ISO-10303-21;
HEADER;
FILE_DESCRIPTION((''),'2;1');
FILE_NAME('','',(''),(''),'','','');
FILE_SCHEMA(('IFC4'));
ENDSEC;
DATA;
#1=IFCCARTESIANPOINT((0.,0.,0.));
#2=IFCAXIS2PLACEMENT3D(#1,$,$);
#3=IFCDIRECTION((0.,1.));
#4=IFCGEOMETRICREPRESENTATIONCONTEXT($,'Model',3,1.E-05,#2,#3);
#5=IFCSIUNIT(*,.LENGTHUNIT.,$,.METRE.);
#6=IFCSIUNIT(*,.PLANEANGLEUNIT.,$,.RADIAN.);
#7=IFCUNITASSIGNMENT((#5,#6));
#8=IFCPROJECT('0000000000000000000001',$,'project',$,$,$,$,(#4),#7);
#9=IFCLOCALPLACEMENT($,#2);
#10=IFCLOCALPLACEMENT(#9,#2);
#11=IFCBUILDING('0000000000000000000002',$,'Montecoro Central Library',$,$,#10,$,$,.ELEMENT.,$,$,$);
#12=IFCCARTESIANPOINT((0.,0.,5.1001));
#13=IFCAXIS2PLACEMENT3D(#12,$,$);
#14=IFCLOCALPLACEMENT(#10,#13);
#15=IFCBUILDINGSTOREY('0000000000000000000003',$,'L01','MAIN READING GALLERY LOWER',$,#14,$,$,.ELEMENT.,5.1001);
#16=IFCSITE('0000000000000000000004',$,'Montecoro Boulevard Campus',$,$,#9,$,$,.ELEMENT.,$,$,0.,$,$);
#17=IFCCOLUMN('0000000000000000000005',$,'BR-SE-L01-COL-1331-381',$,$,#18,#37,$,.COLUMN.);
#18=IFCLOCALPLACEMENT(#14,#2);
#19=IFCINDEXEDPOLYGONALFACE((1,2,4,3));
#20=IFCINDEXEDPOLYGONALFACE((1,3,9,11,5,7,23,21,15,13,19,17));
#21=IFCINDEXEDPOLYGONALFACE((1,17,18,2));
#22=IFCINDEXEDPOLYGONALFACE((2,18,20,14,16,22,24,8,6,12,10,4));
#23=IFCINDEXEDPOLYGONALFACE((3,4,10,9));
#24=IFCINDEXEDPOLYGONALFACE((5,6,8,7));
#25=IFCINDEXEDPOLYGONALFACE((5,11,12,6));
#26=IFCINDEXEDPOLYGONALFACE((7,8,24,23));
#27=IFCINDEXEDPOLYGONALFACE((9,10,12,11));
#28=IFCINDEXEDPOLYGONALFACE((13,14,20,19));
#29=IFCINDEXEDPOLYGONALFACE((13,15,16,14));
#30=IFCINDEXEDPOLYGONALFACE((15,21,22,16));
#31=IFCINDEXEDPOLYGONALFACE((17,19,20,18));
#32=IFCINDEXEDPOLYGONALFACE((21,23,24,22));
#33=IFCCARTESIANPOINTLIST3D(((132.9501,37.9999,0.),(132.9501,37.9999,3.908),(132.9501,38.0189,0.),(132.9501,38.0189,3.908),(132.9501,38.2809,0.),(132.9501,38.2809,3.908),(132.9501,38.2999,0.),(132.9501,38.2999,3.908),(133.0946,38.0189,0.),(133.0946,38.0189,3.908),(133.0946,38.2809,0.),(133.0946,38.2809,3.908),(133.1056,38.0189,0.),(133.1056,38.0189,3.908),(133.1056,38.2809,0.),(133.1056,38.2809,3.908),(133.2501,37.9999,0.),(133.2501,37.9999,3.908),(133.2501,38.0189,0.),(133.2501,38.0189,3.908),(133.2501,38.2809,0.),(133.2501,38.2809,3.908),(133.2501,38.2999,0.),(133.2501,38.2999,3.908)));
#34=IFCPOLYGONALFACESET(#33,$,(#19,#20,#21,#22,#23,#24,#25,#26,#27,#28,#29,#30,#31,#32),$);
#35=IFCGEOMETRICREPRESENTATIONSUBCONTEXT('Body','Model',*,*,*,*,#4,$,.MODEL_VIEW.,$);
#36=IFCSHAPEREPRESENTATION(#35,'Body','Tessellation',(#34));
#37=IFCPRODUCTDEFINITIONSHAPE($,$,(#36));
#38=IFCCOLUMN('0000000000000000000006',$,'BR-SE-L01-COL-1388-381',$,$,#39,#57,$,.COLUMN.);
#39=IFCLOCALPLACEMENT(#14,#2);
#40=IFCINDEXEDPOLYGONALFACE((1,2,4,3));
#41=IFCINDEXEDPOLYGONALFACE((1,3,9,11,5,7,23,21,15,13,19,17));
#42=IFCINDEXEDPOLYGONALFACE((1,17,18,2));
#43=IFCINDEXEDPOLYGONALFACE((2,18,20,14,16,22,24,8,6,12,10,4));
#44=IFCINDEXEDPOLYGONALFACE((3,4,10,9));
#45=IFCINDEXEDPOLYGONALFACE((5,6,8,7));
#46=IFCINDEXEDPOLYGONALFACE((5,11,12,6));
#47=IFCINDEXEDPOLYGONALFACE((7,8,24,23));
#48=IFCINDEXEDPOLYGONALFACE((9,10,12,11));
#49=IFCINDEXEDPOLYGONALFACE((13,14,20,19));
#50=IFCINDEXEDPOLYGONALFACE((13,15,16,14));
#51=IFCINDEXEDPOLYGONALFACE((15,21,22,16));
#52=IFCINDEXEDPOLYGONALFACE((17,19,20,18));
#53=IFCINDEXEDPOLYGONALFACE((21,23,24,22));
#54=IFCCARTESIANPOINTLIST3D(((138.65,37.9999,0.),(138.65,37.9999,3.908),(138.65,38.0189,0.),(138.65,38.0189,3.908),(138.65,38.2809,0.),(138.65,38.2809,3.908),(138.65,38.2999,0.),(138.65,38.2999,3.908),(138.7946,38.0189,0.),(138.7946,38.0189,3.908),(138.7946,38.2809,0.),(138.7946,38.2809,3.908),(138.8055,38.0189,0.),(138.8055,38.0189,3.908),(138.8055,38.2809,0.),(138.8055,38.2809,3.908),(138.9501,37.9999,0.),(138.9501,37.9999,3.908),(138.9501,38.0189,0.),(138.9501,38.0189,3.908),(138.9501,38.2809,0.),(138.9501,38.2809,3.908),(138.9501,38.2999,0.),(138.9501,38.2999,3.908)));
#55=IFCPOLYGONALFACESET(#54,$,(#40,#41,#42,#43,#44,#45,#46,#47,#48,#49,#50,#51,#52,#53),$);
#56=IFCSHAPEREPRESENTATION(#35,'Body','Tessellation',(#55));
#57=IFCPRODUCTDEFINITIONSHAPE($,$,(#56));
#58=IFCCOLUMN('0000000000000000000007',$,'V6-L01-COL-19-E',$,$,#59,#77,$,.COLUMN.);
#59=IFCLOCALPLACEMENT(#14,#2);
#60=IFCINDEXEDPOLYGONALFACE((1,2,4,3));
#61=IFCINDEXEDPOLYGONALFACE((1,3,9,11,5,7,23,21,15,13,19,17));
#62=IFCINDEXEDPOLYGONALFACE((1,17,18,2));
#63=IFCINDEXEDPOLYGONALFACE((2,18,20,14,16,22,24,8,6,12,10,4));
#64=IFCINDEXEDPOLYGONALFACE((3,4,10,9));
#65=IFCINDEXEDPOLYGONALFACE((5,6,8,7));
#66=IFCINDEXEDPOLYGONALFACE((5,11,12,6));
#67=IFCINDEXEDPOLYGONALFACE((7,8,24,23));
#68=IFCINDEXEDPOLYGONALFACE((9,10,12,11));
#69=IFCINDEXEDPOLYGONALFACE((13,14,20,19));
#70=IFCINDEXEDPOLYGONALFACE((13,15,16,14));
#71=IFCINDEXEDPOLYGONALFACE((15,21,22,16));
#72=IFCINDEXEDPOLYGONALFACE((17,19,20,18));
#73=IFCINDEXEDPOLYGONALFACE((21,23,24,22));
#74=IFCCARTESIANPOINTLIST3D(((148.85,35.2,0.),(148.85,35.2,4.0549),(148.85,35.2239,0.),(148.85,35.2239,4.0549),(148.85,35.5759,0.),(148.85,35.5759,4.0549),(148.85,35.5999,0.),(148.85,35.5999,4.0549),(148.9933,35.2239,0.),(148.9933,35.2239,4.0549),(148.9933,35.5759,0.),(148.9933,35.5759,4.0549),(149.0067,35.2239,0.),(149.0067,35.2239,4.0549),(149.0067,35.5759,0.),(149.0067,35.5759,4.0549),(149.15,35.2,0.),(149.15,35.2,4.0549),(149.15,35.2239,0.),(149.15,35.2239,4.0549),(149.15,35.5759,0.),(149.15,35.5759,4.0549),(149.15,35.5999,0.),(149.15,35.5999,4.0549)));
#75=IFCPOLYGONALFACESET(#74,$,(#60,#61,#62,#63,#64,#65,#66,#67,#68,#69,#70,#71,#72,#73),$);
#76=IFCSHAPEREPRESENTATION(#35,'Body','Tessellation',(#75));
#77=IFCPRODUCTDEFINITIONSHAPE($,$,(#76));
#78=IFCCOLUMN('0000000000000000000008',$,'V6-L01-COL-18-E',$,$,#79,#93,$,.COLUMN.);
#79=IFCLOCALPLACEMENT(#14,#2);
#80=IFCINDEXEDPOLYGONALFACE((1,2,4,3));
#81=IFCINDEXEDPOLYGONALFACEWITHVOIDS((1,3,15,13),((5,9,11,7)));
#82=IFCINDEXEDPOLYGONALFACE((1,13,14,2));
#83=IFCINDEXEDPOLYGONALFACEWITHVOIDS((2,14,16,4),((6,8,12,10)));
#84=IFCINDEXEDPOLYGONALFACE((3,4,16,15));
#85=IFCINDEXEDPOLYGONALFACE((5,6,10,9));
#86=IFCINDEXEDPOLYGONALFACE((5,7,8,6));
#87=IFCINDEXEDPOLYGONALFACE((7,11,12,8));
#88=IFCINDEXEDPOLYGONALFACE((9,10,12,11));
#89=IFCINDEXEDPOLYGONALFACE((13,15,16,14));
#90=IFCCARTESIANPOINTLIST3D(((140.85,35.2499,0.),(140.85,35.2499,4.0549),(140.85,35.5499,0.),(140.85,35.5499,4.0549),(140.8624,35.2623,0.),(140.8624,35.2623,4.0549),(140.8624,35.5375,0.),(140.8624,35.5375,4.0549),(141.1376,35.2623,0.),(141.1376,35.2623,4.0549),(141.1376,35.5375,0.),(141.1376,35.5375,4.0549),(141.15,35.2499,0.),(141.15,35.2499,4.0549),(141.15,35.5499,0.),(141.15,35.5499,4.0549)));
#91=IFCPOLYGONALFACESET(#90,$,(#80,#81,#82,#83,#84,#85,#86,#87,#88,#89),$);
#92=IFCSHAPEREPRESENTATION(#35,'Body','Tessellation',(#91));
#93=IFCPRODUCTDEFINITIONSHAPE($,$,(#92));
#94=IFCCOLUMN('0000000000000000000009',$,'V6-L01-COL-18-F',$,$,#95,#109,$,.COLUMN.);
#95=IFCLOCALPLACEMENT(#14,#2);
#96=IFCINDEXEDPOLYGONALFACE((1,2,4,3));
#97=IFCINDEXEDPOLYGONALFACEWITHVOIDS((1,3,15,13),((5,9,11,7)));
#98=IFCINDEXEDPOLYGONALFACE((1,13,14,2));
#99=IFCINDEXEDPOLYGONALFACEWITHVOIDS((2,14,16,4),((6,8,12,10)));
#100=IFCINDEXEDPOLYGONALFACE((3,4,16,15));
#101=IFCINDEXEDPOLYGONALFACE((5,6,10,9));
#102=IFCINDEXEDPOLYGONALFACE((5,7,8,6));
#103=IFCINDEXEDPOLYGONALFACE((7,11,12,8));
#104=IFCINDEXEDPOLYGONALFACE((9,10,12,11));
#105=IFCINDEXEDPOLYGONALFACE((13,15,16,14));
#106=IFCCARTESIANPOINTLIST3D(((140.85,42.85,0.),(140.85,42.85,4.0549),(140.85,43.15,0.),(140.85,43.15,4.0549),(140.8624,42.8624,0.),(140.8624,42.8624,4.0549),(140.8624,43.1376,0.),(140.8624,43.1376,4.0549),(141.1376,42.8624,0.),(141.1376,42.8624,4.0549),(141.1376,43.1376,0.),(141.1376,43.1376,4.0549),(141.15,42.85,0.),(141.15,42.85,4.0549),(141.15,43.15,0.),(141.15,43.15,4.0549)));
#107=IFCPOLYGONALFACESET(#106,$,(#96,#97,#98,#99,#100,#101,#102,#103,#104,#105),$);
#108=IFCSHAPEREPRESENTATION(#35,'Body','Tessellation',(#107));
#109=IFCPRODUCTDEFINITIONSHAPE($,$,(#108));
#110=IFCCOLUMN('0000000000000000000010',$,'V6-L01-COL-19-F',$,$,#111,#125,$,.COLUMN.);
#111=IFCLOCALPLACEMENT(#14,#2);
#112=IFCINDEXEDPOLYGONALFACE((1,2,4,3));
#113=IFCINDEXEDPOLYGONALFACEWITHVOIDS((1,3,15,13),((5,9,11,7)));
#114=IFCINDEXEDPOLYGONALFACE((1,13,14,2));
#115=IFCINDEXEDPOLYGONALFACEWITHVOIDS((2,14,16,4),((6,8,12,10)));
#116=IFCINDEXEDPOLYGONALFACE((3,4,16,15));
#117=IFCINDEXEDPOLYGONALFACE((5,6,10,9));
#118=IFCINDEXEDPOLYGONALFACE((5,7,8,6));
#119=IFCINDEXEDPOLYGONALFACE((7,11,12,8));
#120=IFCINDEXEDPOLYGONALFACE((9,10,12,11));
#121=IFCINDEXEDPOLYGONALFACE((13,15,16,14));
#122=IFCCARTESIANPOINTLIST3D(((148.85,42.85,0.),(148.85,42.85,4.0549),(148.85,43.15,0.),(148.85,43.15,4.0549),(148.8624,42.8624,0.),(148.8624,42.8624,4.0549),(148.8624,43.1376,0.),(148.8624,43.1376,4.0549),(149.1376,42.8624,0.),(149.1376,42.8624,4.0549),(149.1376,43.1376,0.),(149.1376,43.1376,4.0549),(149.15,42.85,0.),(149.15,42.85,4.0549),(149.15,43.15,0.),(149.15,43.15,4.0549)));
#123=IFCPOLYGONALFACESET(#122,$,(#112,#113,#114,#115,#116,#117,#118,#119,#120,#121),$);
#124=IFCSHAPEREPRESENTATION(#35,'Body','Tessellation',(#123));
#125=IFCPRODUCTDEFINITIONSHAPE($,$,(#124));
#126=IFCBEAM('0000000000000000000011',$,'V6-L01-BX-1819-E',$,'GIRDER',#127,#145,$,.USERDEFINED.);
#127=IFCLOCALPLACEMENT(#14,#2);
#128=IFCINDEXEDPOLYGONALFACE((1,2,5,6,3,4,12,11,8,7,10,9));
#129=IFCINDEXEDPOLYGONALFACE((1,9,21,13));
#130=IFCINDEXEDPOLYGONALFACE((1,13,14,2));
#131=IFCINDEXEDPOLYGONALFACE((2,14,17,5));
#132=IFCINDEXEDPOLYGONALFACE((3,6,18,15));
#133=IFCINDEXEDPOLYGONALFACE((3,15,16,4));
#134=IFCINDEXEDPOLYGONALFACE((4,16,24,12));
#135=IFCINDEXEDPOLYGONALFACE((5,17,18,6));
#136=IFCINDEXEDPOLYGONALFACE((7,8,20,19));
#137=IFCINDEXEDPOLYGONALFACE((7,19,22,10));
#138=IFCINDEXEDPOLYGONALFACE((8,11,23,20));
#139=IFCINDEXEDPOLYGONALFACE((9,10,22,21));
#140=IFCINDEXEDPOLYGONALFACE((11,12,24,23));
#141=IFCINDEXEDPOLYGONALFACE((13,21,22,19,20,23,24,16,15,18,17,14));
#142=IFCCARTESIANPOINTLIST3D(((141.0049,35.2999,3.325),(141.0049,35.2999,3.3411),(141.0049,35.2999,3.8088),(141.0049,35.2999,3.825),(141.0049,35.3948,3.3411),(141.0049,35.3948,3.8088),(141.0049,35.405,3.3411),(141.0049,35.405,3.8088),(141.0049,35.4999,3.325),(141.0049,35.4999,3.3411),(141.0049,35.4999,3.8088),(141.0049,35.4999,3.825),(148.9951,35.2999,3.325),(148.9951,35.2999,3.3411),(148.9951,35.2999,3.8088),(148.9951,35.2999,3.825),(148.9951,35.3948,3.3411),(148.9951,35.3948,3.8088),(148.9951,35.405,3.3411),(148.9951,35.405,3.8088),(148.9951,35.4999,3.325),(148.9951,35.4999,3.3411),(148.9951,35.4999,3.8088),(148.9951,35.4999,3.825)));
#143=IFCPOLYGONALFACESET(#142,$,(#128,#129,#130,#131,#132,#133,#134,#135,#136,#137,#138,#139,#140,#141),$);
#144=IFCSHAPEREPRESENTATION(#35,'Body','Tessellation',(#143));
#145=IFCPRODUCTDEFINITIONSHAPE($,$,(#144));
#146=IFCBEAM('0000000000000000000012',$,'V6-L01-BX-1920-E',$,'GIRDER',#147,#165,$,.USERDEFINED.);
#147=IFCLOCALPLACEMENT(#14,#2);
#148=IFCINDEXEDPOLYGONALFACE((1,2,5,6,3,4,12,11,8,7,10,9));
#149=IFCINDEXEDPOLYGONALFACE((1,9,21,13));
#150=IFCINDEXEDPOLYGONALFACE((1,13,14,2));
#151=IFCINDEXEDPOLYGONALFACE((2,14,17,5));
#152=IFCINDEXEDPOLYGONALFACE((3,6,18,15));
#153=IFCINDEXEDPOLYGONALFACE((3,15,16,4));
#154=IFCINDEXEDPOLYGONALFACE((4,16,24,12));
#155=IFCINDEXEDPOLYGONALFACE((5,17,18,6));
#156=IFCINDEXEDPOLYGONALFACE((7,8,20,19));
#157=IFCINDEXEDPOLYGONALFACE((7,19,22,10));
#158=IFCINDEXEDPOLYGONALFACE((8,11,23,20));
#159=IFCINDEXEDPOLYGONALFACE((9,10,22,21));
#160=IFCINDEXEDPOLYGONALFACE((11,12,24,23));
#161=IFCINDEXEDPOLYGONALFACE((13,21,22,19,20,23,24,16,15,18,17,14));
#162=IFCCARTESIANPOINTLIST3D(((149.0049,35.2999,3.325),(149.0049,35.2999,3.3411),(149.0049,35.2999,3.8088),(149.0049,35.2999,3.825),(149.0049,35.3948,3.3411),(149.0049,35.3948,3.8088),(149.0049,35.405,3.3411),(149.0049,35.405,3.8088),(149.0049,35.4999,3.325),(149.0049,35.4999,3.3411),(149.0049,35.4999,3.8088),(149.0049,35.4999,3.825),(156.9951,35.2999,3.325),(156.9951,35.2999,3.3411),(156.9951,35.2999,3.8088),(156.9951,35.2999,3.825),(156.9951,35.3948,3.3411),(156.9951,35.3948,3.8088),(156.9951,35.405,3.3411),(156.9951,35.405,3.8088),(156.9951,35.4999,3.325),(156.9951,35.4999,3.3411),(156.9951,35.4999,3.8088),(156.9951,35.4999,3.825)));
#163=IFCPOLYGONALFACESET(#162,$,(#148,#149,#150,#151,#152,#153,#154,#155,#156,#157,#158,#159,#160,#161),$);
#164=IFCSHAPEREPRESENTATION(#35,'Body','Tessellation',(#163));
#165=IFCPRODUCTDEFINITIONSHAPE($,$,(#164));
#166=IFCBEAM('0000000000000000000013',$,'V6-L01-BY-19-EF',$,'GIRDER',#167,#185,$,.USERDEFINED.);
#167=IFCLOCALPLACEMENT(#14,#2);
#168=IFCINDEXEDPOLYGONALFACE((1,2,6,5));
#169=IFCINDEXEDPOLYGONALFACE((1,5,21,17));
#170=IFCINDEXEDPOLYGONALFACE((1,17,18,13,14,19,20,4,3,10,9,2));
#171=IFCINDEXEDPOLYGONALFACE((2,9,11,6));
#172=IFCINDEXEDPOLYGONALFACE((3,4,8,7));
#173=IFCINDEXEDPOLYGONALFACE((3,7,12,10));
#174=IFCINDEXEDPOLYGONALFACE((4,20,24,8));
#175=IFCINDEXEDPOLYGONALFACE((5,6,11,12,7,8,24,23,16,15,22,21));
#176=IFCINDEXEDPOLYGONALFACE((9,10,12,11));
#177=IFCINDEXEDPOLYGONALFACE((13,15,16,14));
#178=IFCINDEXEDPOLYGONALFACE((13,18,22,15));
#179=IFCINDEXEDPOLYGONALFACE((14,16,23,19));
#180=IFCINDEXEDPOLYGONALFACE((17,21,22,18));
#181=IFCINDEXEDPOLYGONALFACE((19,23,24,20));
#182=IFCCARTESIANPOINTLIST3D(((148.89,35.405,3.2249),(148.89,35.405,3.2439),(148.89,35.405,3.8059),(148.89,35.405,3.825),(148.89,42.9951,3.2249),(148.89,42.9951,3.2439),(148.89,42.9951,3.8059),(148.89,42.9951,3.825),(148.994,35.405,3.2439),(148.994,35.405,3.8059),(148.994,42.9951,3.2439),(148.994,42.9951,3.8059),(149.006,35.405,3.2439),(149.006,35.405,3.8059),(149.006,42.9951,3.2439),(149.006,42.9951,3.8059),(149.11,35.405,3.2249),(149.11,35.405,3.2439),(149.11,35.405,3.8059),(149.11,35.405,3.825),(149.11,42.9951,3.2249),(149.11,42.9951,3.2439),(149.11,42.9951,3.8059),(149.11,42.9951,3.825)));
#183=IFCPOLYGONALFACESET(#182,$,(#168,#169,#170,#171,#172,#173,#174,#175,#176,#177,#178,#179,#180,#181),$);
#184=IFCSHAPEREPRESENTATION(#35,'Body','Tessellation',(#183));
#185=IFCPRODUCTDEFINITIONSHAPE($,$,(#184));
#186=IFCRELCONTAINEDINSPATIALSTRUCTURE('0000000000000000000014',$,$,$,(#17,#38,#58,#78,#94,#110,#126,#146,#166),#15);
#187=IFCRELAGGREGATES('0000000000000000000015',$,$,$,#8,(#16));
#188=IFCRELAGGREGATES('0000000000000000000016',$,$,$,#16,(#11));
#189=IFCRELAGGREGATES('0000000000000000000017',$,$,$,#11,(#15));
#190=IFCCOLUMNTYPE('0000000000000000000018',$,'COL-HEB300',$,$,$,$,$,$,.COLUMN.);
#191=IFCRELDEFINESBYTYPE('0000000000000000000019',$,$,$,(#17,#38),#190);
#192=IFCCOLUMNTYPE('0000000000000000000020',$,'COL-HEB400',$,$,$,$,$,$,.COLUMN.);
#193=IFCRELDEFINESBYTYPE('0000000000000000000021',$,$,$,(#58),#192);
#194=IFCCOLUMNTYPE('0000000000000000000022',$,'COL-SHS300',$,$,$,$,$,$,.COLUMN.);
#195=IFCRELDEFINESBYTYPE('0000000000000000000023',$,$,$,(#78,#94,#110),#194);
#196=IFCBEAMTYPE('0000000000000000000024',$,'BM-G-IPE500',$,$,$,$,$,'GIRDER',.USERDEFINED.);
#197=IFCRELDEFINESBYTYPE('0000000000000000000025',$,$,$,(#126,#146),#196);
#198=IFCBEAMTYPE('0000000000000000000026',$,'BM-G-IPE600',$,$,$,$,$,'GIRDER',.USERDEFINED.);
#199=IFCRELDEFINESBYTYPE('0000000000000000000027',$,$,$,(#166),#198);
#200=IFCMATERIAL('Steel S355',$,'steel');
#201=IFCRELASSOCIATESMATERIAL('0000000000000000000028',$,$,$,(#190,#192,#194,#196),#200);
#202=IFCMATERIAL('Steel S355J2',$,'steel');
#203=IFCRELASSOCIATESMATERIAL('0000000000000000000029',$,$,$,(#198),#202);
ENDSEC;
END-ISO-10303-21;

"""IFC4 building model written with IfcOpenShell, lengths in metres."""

from ifc_helpers import new_model, si_unit, direction, frame, origin, origin_2d, place, context, subcontext, project, spatial, hollow_rectangle, i_section, extrude, material, material_profile, profile_set, type_object, element, save


model = new_model("IFC4")

# Units and contexts
model_context = context("Model", 3, precision=1e-05, world=origin(), true_north=direction((0.0, 1.0)))
body_context = subcontext(model_context, "Body", "Model", "MODEL_VIEW")
ifc_project = project(units=[si_unit("LENGTHUNIT", "METRE"), si_unit("PLANEANGLEUNIT", "RADIAN")], contexts=[model_context])

# Site, building, storey
site_placement = place(None, origin())
site = spatial("IfcSite", under=ifc_project, at=site_placement, Name="Montecoro Boulevard Campus", CompositionType="ELEMENT", RefElevation=0.0)
building_placement = place(site_placement, origin())
building = spatial("IfcBuilding", under=site, at=building_placement, Name="Montecoro Central Library", CompositionType="ELEMENT")
storey_placement = place(building_placement, frame((0.0, 0.0, 5.1001)))
storey = spatial("IfcBuildingStorey", under=building, at=storey_placement, Name="L01", Description="MAIN READING GALLERY LOWER", CompositionType="ELEMENT", Elevation=5.1001)

# Columns
ifc_material_1 = material(Name="Steel S355", Category="steel")
ifc_material_profile_1 = material_profile(ifc_material_1, i_section(OverallWidth=0.3, OverallDepth=0.3, WebThickness=0.011, FlangeThickness=0.019, at=origin_2d()), Name="HEB 300")
ifc_profile_set_1 = profile_set([ifc_material_profile_1], Name="Steel S355")
column_type_1 = type_object("IfcColumnType", Name="COL-HEB300", PredefinedType="COLUMN", material=ifc_profile_set_1)
for number, where, z_axis, x_axis, name in (
    (1, (133.1001, 38.1499, 0.0), (0.0, 0.0, 1.0), (1.0, 0.0, 0.0), "BR-SE-L01-COL-1331-381"),
    (2, (138.8, 38.1499, 0.0), (0.0, 0.0, 1.0), (1.0, 0.0, 0.0), "BR-SE-L01-COL-1388-381"),
):
    element("IfcColumn", number, at=place(storey_placement, frame(where, z_axis=z_axis, x_axis=x_axis)), inside=storey, type_object=column_type_1, Name=name, PredefinedType="COLUMN", context=body_context, shape_type="SweptSolid", body=[
        extrude(i_section(OverallWidth=0.3, OverallDepth=0.3, WebThickness=0.011, FlangeThickness=0.019, at=origin_2d()), origin(), (0.0, 0.0, 1.0), 3.908),
    ])
ifc_material_profile_2 = material_profile(ifc_material_1, i_section(OverallWidth=0.3, OverallDepth=0.3999, WebThickness=0.0134, FlangeThickness=0.0239, at=origin_2d()), Name="HEB 400")
ifc_profile_set_2 = profile_set([ifc_material_profile_2], Name="Steel S355")
column_type_2 = type_object("IfcColumnType", Name="COL-HEB400", PredefinedType="COLUMN", material=ifc_profile_set_2)
column_placement = place(storey_placement, frame((149.0, 35.3999, 0.0), z_axis=(0.0, 0.0, 1.0), x_axis=(1.0, 0.0, 0.0)))
element("IfcColumn", 3, at=column_placement, inside=storey, type_object=column_type_2, Name="V6-L01-COL-19-E", PredefinedType="COLUMN", context=body_context, shape_type="SweptSolid", body=[
    extrude(i_section(OverallWidth=0.3, OverallDepth=0.3999, WebThickness=0.0134, FlangeThickness=0.0239, at=origin_2d()), origin(), (0.0, 0.0, 1.0), 4.0549),
])
ifc_material_profile_3 = material_profile(ifc_material_1, hollow_rectangle(XDim=0.3, YDim=0.3, WallThickness=0.0125, at=origin_2d()), Name="SHS 300x300x12.5")
ifc_profile_set_3 = profile_set([ifc_material_profile_3], Name="Steel S355")
column_type_3 = type_object("IfcColumnType", Name="COL-SHS300", PredefinedType="COLUMN", material=ifc_profile_set_3)
for number, where, z_axis, x_axis, name in (
    (4, (141.0, 35.3999, 0.0), (0.0, 0.0, 1.0), (1.0, 0.0, 0.0), "V6-L01-COL-18-E"),
    (5, (141.0, 43.0, 0.0), (0.0, 0.0, 1.0), (1.0, 0.0, 0.0), "V6-L01-COL-18-F"),
    (6, (149.0, 43.0, 0.0), (0.0, 0.0, 1.0), (1.0, 0.0, 0.0), "V6-L01-COL-19-F"),
):
    element("IfcColumn", number, at=place(storey_placement, frame(where, z_axis=z_axis, x_axis=x_axis)), inside=storey, type_object=column_type_3, Name=name, PredefinedType="COLUMN", context=body_context, shape_type="SweptSolid", body=[
        extrude(hollow_rectangle(XDim=0.3, YDim=0.3, WallThickness=0.0125, at=origin_2d()), origin(), (0.0, 0.0, 1.0), 4.0549),
    ])

# Beams
ifc_material_profile_4 = material_profile(ifc_material_1, i_section(OverallWidth=0.2, OverallDepth=0.5, WebThickness=0.0103, FlangeThickness=0.0161, at=origin_2d()), Name="IPE 500")
ifc_profile_set_4 = profile_set([ifc_material_profile_4], Name="Steel S355")
beam_type_1 = type_object("IfcBeamType", Name="BM-G-IPE500", ElementType="GIRDER", PredefinedType="USERDEFINED", material=ifc_profile_set_4)
for number, where, z_axis, x_axis, name in (
    (7, (141.0049, 35.3999, 3.575), (1.0, 0.0, 0.0), (0.0, 1.0, 0.0), "V6-L01-BX-1819-E"),
    (8, (149.0049, 35.3999, 3.575), (1.0, 0.0, 0.0), (0.0, 1.0, 0.0), "V6-L01-BX-1920-E"),
):
    element("IfcBeam", number, at=place(storey_placement, frame(where, z_axis=z_axis, x_axis=x_axis)), inside=storey, type_object=beam_type_1, Name=name, ObjectType="GIRDER", PredefinedType="USERDEFINED", context=body_context, shape_type="SweptSolid", body=[
        extrude(i_section(OverallWidth=0.2, OverallDepth=0.5, WebThickness=0.0103, FlangeThickness=0.0161, at=origin_2d()), origin(), (0.0, 0.0, 1.0), 7.9902),
    ])
ifc_material_2 = material(Name="Steel S355J2", Category="steel")
ifc_material_profile_5 = material_profile(ifc_material_2, i_section(OverallWidth=0.22, OverallDepth=0.6001, WebThickness=0.012, FlangeThickness=0.019, at=origin_2d()), Name="IPE 600")
ifc_profile_set_5 = profile_set([ifc_material_profile_5], Name="Steel S355J2")
beam_type_2 = type_object("IfcBeamType", Name="BM-G-IPE600", ElementType="GIRDER", PredefinedType="USERDEFINED", material=ifc_profile_set_5)
beam_1_placement = place(storey_placement, frame((149.0, 35.405, 3.5249), z_axis=(0.0, 1.0, 0.0), x_axis=(-1.0, 0.0, 0.0)))
element("IfcBeam", 9, at=beam_1_placement, inside=storey, type_object=beam_type_2, Name="V6-L01-BY-19-EF", ObjectType="GIRDER", PredefinedType="USERDEFINED", context=body_context, shape_type="SweptSolid", body=[
    extrude(i_section(OverallWidth=0.22, OverallDepth=0.6001, WebThickness=0.012, FlangeThickness=0.019, at=origin_2d()), origin(), (0.0, 0.0, 1.0), 7.5901),
])

save(model, "model.ifc")
